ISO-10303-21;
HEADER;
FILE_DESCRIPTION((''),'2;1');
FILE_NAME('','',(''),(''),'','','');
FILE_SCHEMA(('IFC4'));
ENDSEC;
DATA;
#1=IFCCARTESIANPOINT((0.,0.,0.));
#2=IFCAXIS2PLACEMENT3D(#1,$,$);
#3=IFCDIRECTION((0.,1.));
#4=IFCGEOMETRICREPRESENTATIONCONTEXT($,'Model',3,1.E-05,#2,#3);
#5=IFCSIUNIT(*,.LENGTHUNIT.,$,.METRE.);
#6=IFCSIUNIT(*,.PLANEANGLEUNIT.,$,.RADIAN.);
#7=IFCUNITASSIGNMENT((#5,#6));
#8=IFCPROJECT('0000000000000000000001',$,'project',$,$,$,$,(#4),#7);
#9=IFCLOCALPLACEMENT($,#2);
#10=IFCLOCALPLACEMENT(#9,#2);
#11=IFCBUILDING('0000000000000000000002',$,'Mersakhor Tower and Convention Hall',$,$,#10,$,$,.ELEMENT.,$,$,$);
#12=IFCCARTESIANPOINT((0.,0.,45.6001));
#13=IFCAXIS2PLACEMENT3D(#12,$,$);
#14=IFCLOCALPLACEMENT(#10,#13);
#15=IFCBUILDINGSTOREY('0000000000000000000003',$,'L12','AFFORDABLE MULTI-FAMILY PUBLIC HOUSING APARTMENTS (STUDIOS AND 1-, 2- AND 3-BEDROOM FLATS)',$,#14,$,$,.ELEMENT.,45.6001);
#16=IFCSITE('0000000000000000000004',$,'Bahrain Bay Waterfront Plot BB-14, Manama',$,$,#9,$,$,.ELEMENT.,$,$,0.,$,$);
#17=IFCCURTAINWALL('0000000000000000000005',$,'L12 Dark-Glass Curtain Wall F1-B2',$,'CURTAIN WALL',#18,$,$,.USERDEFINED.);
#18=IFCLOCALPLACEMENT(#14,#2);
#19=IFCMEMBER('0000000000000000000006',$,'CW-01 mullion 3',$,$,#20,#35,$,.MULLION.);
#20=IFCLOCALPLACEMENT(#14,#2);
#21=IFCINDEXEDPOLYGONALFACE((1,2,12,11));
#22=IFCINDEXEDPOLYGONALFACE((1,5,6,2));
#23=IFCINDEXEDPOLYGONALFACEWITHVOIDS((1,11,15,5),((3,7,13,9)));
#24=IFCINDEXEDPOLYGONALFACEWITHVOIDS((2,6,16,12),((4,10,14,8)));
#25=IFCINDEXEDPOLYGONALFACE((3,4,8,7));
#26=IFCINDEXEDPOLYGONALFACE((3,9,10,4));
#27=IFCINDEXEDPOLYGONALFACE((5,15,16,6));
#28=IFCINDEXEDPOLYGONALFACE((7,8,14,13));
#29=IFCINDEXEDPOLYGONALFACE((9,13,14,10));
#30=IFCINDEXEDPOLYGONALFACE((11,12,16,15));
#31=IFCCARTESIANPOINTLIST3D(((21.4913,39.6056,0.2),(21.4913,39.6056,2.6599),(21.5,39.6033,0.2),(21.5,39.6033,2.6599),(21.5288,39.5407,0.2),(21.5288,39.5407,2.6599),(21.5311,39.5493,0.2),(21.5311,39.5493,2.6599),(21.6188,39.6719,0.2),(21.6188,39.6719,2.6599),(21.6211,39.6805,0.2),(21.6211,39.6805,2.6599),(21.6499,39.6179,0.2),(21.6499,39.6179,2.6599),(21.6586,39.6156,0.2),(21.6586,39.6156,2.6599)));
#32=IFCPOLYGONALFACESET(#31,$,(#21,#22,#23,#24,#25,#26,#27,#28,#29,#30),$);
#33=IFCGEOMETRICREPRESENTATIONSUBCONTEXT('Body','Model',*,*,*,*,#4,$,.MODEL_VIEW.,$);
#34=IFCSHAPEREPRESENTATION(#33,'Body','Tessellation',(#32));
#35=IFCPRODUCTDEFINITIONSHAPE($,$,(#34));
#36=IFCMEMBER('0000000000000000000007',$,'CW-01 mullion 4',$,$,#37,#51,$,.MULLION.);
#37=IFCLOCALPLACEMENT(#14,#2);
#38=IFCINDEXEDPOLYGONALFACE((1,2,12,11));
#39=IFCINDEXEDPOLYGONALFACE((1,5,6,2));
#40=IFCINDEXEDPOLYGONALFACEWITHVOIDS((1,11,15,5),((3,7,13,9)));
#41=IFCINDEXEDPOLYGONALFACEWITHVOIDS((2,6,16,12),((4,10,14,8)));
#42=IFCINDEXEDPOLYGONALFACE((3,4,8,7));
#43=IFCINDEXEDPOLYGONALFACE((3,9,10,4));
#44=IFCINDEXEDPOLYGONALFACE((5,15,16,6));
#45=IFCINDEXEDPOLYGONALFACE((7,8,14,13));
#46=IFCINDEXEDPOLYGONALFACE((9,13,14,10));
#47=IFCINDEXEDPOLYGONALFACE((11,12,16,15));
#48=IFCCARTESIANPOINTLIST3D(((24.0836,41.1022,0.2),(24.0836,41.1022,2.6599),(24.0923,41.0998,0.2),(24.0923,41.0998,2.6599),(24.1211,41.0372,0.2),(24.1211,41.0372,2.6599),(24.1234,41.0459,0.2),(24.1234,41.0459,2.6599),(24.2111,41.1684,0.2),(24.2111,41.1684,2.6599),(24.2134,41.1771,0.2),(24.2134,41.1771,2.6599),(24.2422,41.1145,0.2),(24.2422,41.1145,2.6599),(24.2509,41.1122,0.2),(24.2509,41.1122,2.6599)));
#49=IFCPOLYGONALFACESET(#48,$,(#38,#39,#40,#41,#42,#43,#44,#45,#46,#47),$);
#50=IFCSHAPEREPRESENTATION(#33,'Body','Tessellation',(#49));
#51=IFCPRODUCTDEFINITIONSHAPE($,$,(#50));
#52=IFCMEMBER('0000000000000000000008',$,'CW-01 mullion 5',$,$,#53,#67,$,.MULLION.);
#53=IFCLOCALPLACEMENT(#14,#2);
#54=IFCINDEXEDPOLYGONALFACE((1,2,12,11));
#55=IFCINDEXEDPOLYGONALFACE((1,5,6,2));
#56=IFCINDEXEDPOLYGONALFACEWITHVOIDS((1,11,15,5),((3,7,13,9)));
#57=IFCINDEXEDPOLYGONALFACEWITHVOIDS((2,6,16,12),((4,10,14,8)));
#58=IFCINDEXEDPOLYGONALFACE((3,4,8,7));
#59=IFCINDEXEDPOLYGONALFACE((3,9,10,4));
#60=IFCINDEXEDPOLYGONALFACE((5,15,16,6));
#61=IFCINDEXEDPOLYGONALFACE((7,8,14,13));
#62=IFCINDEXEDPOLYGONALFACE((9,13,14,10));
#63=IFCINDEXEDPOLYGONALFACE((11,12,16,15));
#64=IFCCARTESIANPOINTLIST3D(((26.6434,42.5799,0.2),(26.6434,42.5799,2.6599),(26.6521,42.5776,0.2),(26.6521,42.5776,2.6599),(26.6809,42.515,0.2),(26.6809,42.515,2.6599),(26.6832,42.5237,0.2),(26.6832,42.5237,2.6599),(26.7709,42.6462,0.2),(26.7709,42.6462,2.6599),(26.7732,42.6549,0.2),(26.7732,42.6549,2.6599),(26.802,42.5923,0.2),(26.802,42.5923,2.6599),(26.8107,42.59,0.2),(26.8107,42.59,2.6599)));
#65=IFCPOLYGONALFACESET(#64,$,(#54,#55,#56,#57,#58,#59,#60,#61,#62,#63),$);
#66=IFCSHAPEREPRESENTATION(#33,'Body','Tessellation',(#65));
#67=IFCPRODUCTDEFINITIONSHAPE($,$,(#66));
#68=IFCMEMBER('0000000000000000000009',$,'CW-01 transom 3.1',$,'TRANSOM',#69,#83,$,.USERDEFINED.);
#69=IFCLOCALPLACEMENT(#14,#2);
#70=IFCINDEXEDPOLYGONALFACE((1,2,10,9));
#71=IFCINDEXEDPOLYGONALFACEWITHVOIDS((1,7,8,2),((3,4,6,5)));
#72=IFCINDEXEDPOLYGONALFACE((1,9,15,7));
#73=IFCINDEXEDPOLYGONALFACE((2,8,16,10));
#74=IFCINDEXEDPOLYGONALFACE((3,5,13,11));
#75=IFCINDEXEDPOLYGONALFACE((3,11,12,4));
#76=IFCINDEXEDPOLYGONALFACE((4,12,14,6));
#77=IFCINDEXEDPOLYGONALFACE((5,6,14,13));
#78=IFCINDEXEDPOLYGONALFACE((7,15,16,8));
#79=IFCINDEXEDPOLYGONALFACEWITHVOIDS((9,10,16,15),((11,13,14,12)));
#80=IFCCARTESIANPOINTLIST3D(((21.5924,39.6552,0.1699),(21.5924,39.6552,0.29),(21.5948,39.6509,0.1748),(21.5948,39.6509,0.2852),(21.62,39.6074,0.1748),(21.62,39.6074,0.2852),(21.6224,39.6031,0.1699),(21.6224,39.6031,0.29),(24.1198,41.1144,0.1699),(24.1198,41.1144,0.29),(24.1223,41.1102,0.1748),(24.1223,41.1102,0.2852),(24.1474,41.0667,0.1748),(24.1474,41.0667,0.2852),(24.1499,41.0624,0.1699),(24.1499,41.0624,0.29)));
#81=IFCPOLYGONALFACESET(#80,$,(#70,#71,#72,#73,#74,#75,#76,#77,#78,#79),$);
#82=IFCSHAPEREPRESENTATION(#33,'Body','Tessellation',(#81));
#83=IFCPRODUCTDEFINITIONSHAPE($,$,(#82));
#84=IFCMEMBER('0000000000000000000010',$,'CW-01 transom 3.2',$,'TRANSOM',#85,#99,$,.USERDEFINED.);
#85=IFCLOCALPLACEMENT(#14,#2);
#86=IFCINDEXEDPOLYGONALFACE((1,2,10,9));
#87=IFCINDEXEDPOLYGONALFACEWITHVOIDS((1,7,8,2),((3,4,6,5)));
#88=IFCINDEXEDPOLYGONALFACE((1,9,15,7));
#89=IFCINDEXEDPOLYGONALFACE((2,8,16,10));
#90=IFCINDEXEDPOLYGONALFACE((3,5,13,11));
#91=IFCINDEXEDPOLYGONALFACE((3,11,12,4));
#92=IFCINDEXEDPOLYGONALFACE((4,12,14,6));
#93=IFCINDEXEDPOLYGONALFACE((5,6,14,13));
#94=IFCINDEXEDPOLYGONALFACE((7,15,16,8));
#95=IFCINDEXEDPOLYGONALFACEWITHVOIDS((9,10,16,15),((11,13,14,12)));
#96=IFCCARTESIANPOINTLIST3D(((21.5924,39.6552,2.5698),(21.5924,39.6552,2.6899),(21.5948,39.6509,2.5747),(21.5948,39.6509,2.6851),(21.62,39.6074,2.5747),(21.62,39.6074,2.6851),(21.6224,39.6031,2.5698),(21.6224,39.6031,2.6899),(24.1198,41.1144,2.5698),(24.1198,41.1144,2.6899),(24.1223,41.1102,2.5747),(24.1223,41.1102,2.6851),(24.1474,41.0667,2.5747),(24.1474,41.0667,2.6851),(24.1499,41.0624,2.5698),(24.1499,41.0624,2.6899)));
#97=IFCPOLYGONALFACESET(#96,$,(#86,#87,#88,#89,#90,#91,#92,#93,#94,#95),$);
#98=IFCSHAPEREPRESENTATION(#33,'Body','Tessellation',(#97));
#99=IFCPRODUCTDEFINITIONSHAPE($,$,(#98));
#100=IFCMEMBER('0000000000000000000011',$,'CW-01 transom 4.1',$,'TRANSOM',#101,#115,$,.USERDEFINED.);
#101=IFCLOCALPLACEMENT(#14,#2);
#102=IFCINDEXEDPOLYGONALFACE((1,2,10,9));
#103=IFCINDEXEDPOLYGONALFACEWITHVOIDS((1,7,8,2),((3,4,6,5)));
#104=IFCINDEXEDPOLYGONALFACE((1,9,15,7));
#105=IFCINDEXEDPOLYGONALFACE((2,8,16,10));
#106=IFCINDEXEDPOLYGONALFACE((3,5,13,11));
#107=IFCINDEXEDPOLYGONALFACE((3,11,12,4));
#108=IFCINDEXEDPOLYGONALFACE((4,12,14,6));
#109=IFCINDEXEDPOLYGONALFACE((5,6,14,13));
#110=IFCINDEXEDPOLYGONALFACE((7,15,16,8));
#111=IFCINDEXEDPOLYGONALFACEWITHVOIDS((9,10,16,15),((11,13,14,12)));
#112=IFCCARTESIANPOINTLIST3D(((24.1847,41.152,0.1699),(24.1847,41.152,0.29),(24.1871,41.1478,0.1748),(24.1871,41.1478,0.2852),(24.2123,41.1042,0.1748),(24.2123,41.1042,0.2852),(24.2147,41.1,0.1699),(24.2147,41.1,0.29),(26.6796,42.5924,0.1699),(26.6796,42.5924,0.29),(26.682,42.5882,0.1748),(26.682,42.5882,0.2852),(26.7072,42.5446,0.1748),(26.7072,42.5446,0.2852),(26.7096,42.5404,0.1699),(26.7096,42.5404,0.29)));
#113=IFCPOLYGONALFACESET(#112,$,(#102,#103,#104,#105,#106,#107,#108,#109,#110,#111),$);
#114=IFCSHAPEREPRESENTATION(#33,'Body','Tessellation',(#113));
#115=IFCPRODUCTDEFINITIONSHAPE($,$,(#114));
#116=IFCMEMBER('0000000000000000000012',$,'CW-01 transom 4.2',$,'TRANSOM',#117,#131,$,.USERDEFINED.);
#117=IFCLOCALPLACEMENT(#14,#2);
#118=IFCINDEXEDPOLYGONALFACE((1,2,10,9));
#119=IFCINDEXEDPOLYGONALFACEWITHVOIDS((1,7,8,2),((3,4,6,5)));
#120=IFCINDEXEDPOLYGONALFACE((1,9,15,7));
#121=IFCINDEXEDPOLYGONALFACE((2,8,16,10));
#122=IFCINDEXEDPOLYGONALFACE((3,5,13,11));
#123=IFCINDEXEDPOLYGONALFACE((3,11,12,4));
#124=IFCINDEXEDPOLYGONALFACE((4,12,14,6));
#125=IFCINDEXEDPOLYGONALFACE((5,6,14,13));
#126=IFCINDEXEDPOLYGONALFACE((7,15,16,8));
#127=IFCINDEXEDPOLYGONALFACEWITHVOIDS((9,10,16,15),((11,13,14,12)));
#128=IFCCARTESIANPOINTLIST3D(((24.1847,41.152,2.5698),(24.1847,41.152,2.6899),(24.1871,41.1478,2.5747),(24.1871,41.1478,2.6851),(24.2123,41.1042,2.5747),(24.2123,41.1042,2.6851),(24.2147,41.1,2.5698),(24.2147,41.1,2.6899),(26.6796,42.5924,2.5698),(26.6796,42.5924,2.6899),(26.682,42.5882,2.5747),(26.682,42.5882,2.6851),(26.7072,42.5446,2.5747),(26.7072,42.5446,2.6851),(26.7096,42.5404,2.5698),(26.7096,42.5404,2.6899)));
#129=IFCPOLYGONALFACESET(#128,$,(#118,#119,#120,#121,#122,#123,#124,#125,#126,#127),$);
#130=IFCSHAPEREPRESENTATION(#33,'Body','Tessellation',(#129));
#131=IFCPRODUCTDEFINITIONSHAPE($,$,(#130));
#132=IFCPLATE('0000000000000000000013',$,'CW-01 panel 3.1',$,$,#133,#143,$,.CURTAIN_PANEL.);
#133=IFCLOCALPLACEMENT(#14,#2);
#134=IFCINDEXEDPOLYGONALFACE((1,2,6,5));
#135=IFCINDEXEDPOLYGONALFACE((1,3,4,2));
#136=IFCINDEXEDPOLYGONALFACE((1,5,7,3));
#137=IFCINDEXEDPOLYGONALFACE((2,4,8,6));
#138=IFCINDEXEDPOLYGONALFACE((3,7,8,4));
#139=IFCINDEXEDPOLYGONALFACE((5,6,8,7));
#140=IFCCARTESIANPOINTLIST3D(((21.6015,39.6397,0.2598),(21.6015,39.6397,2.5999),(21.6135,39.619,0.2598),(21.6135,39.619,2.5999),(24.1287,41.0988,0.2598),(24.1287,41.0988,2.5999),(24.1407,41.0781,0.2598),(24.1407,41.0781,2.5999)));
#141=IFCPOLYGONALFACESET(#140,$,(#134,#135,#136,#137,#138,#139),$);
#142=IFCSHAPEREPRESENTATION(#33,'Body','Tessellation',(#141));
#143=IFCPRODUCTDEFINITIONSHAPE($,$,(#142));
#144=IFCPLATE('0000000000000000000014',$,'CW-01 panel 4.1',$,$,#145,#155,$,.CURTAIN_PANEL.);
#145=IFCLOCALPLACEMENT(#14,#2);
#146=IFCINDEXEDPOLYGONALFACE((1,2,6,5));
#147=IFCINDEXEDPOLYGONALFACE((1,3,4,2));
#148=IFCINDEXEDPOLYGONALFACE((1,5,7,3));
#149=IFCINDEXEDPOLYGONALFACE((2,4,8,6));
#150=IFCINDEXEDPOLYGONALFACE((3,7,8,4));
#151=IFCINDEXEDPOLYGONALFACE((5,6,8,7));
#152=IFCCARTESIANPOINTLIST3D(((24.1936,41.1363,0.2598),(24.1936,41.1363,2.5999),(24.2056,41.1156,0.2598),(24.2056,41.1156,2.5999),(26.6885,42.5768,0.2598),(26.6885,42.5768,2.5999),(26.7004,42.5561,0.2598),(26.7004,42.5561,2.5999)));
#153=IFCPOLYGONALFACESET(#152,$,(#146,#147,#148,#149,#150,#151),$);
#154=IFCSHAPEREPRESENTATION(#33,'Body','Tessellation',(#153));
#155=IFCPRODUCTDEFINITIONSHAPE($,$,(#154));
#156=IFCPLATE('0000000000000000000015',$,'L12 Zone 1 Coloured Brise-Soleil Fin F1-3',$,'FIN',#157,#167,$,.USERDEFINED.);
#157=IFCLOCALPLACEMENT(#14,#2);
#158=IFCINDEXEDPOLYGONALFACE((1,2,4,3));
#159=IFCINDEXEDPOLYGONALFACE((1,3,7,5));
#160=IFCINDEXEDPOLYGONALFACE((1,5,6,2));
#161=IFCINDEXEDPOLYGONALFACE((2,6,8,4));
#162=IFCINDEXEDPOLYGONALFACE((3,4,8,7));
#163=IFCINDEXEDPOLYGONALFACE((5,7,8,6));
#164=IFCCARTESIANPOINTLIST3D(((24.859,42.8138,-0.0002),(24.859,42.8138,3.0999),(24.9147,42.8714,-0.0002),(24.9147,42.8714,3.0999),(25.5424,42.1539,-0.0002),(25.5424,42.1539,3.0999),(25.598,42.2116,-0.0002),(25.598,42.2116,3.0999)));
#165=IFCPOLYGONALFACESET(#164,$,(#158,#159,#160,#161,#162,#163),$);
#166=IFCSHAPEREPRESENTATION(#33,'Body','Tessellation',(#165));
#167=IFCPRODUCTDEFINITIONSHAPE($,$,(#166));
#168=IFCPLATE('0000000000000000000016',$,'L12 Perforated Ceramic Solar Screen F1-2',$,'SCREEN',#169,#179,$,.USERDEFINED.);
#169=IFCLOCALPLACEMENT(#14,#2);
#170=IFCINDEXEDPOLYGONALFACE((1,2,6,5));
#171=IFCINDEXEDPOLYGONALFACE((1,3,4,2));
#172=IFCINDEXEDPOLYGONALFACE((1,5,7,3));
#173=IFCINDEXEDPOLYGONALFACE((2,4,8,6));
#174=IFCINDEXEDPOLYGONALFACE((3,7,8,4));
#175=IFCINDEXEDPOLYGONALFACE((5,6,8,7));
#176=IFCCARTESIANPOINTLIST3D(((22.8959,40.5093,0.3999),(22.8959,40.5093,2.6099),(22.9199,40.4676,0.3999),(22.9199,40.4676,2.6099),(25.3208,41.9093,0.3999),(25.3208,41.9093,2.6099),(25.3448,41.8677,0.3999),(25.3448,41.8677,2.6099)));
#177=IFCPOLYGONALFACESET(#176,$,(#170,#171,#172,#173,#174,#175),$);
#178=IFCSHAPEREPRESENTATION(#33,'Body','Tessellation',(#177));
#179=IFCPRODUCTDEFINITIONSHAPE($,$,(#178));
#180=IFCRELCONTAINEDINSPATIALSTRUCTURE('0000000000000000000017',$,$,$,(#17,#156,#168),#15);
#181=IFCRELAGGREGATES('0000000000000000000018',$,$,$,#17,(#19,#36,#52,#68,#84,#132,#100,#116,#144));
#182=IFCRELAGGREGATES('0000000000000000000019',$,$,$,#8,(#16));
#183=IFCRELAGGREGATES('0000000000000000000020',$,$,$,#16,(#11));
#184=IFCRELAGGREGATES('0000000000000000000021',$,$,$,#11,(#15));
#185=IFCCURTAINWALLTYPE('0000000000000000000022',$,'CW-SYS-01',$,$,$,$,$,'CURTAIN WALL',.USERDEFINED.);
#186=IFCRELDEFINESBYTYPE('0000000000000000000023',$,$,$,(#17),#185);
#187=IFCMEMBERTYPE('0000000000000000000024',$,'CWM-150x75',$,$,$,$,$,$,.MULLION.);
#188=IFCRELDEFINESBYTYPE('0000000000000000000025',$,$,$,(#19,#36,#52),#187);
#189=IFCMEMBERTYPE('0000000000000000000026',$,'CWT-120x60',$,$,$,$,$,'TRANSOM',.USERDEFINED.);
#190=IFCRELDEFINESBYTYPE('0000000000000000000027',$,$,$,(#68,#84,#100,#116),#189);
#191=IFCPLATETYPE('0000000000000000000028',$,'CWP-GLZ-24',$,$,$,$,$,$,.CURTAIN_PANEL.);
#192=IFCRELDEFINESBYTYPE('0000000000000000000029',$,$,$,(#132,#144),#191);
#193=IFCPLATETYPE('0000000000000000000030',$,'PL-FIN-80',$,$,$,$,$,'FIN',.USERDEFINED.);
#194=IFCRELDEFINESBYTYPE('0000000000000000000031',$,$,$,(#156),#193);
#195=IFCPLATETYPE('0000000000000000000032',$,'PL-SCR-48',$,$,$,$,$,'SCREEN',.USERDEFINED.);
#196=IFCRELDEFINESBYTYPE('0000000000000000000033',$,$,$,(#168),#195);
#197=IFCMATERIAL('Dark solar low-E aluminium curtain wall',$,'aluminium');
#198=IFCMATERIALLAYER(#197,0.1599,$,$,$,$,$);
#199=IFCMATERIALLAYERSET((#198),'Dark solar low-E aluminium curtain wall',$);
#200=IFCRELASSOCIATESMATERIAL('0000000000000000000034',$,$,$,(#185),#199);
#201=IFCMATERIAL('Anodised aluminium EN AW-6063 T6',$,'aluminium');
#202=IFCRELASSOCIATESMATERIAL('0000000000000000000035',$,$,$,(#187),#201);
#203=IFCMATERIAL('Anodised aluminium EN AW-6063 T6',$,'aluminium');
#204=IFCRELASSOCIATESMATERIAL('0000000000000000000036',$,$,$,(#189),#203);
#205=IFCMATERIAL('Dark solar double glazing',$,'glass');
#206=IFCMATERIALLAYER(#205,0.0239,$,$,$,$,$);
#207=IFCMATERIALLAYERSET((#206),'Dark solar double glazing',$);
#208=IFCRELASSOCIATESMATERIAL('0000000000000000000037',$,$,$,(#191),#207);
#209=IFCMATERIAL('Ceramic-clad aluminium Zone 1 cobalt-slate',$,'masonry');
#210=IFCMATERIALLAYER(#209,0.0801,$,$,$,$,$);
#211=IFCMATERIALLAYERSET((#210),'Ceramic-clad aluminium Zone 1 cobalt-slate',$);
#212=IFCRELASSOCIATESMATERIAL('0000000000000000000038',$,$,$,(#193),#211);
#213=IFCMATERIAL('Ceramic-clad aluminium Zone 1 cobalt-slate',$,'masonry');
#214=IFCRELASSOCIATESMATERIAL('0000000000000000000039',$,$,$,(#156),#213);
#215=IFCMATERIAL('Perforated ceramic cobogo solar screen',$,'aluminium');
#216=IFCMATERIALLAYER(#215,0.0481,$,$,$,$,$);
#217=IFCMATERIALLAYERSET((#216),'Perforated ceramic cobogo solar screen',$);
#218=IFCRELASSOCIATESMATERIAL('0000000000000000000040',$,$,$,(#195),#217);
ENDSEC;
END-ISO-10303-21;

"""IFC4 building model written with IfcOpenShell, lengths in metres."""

from ifc_helpers import new_model, si_unit, direction, frame, origin, origin_2d, place, context, subcontext, project, spatial, rectangle, hollow_rectangle, extrude, material, layer, layer_set, material_profile, profile_set, type_object, element, aggregate, save


model = new_model("IFC4")

# Units and contexts
model_context = context("Model", 3, precision=1e-05, world=origin(), true_north=direction((0.0, 1.0)))
body_context = subcontext(model_context, "Body", "Model", "MODEL_VIEW")
ifc_project = project(units=[si_unit("LENGTHUNIT", "METRE"), si_unit("PLANEANGLEUNIT", "RADIAN")], contexts=[model_context])

# Site, building, storey
site_placement = place(None, origin())
site = spatial("IfcSite", under=ifc_project, at=site_placement, Name="Bahrain Bay Waterfront Plot BB-14, Manama", CompositionType="ELEMENT", RefElevation=0.0)
building_placement = place(site_placement, origin())
building = spatial("IfcBuilding", under=site, at=building_placement, Name="Mersakhor Tower and Convention Hall", CompositionType="ELEMENT")
storey_placement = place(building_placement, frame((0.0, 0.0, 45.6001)))
storey = spatial("IfcBuildingStorey", under=building, at=storey_placement, Name="L12", Description="AFFORDABLE MULTI-FAMILY PUBLIC HOUSING APARTMENTS (STUDIOS AND 1-, 2- AND 3-BEDROOM FLATS)", CompositionType="ELEMENT", Elevation=45.6001)

# Curtain wall, members, plates
ifc_material_1 = material(Name="Dark solar low-E aluminium curtain wall", Category="aluminium")
ifc_layer_1 = layer(ifc_material_1, 0.1599)
ifc_layer_set_1 = layer_set([ifc_layer_1], Name="Dark solar low-E aluminium curtain wall")
curtain_wall_type = type_object("IfcCurtainWallType", Name="CW-SYS-01", ElementType="CURTAIN WALL", PredefinedType="USERDEFINED", material=ifc_layer_set_1)
curtain_wall_placement = place(storey_placement, origin())
curtain_wall = element("IfcCurtainWall", 1, at=curtain_wall_placement, inside=storey, type_object=curtain_wall_type, Name="L12 Dark-Glass Curtain Wall F1-B2", ObjectType="CURTAIN WALL", PredefinedType="USERDEFINED")
ifc_material_2 = material(Name="Anodised aluminium EN AW-6063 T6", Category="aluminium")
ifc_material_profile_1 = material_profile(ifc_material_2, hollow_rectangle(XDim=0.075, YDim=0.1499, WallThickness=0.0063, at=origin_2d()), Name="RHS 150x75x6.3")
ifc_profile_set_1 = profile_set([ifc_material_profile_1], Name="Anodised aluminium EN AW-6063 T6")
member_type_1 = type_object("IfcMemberType", Name="CWM-150x75", PredefinedType="MULLION", material=ifc_profile_set_1)
member_1_placement = place(storey_placement, frame((21.575, 39.6106, 0.2), z_axis=(0.0, 0.0, 1.0), x_axis=(-0.500003, 0.866023, 0.0)))
member_1 = element("IfcMember", 2, at=member_1_placement, type_object=member_type_1, Name="CW-01 mullion 3", PredefinedType="MULLION", context=body_context, shape_type="SweptSolid", body=[
    extrude(hollow_rectangle(XDim=0.075, YDim=0.1499, WallThickness=0.0063, at=origin_2d()), origin(), (0.0, 0.0, 1.0), 2.46),
])
member_2_placement = place(storey_placement, frame((24.1672, 41.1072, 0.2), z_axis=(0.0, 0.0, 1.0), x_axis=(-0.500003, 0.866023, 0.0)))
member_2 = element("IfcMember", 3, at=member_2_placement, type_object=member_type_1, Name="CW-01 mullion 4", PredefinedType="MULLION", context=body_context, shape_type="SweptSolid", body=[
    extrude(hollow_rectangle(XDim=0.075, YDim=0.1499, WallThickness=0.0063, at=origin_2d()), origin(), (0.0, 0.0, 1.0), 2.46),
])
member_3_placement = place(storey_placement, frame((26.7271, 42.585, 0.2), z_axis=(0.0, 0.0, 1.0), x_axis=(-0.500003, 0.866023, 0.0)))
member_3 = element("IfcMember", 4, at=member_3_placement, type_object=member_type_1, Name="CW-01 mullion 5", PredefinedType="MULLION", context=body_context, shape_type="SweptSolid", body=[
    extrude(hollow_rectangle(XDim=0.075, YDim=0.1499, WallThickness=0.0063, at=origin_2d()), origin(), (0.0, 0.0, 1.0), 2.46),
])
ifc_material_3 = material(Name="Anodised aluminium EN AW-6063 T6", Category="aluminium")
ifc_material_profile_2 = material_profile(ifc_material_3, hollow_rectangle(XDim=0.0601, YDim=0.1201, WallThickness=0.0049, at=origin_2d()), Name="RHS 120x60x5")
ifc_profile_set_2 = profile_set([ifc_material_profile_2], Name="Anodised aluminium EN AW-6063 T6")
member_type_2 = type_object("IfcMemberType", Name="CWT-120x60", ElementType="TRANSOM", PredefinedType="USERDEFINED", material=ifc_profile_set_2)
member_4_placement = place(storey_placement, frame((21.6074, 39.6292, 0.23), z_axis=(0.866016, 0.500017, 0.0), x_axis=(-0.500017, 0.866016, 0.0)))
member_4 = element("IfcMember", 5, at=member_4_placement, type_object=member_type_2, Name="CW-01 transom 3.1", ObjectType="TRANSOM", PredefinedType="USERDEFINED", context=body_context, shape_type="SweptSolid", body=[
    extrude(hollow_rectangle(XDim=0.0601, YDim=0.1201, WallThickness=0.0049, at=origin_2d()), origin(), (0.0, 0.0, 1.0), 2.9185),
])
member_5_placement = place(storey_placement, frame((21.6074, 39.6292, 2.6299), z_axis=(0.866016, 0.500017, 0.0), x_axis=(-0.500017, 0.866016, 0.0)))
member_5 = element("IfcMember", 6, at=member_5_placement, type_object=member_type_2, Name="CW-01 transom 3.2", ObjectType="TRANSOM", PredefinedType="USERDEFINED", context=body_context, shape_type="SweptSolid", body=[
    extrude(hollow_rectangle(XDim=0.0601, YDim=0.1201, WallThickness=0.0049, at=origin_2d()), origin(), (0.0, 0.0, 1.0), 2.9185),
])
member_6_placement = place(storey_placement, frame((24.1997, 41.126, 0.23), z_axis=(0.866023, 0.500004, 0.0), x_axis=(-0.500004, 0.866023, 0.0)))
member_6 = element("IfcMember", 7, at=member_6_placement, type_object=member_type_2, Name="CW-01 transom 4.1", ObjectType="TRANSOM", PredefinedType="USERDEFINED", context=body_context, shape_type="SweptSolid", body=[
    extrude(hollow_rectangle(XDim=0.0601, YDim=0.1201, WallThickness=0.0049, at=origin_2d()), origin(), (0.0, 0.0, 1.0), 2.8809),
])
member_7_placement = place(storey_placement, frame((24.1997, 41.126, 2.6299), z_axis=(0.866023, 0.500004, 0.0), x_axis=(-0.500004, 0.866023, 0.0)))
member_7 = element("IfcMember", 8, at=member_7_placement, type_object=member_type_2, Name="CW-01 transom 4.2", ObjectType="TRANSOM", PredefinedType="USERDEFINED", context=body_context, shape_type="SweptSolid", body=[
    extrude(hollow_rectangle(XDim=0.0601, YDim=0.1201, WallThickness=0.0049, at=origin_2d()), origin(), (0.0, 0.0, 1.0), 2.8809),
])
ifc_material_4 = material(Name="Dark solar double glazing", Category="glass")
ifc_layer_2 = layer(ifc_material_4, 0.0239)
ifc_layer_set_2 = layer_set([ifc_layer_2], Name="Dark solar double glazing")
plate_type_1 = type_object("IfcPlateType", Name="CWP-GLZ-24", PredefinedType="CURTAIN_PANEL", material=ifc_layer_set_2)
plate_1_placement = place(storey_placement, frame((22.8711, 40.3589, 0.2598), z_axis=(0.0, 0.0, 1.0), x_axis=(0.866023, 0.500003, 0.0)))
plate_1 = element("IfcPlate", 9, at=plate_1_placement, type_object=plate_type_1, Name="CW-01 panel 3.1", PredefinedType="CURTAIN_PANEL", context=body_context, shape_type="SweptSolid", body=[
    extrude(rectangle(XDim=2.9182, YDim=0.0239, at=origin_2d()), origin(), (0.0, 0.0, 1.0), 2.3401),
])
plate_2_placement = place(storey_placement, frame((25.447, 41.8462, 0.2598), z_axis=(0.0, 0.0, 1.0), x_axis=(0.866023, 0.500003, 0.0)))
plate_2 = element("IfcPlate", 10, at=plate_2_placement, type_object=plate_type_1, Name="CW-01 panel 4.1", PredefinedType="CURTAIN_PANEL", context=body_context, shape_type="SweptSolid", body=[
    extrude(rectangle(XDim=2.8809, YDim=0.0239, at=origin_2d()), origin(), (0.0, 0.0, 1.0), 2.3401),
])
aggregate(curtain_wall, [member_1, member_2, member_3, member_4, member_5, plate_1, member_6, member_7, plate_2])

# Plates
ifc_material_5 = material(Name="Ceramic-clad aluminium Zone 1 cobalt-slate", Category="masonry")
ifc_material_6 = material(Name="Ceramic-clad aluminium Zone 1 cobalt-slate", Category="masonry")
ifc_layer_3 = layer(ifc_material_6, 0.0801)
ifc_layer_set_3 = layer_set([ifc_layer_3], Name="Ceramic-clad aluminium Zone 1 cobalt-slate")
plate_type_2 = type_object("IfcPlateType", Name="PL-FIN-80", ElementType="FIN", PredefinedType="USERDEFINED", material=ifc_layer_set_3)
plate_3_placement = place(storey_placement, frame((25.2285, 42.5127, -0.0002), z_axis=(0.0, 0.0, 1.0), x_axis=(-0.71934, 0.694658, 0.0)))
element("IfcPlate", 11, at=plate_3_placement, inside=storey, type_object=plate_type_2, material=ifc_material_5, Name="L12 Zone 1 Coloured Brise-Soleil Fin F1-3", ObjectType="FIN", PredefinedType="USERDEFINED", context=body_context, shape_type="SweptSolid", body=[
    extrude(rectangle(XDim=0.95, YDim=0.0801, at=origin_2d()), origin(), (0.0, 0.0, 1.0), 3.1001),
])
ifc_material_7 = material(Name="Perforated ceramic cobogo solar screen", Category="aluminium")
ifc_layer_4 = layer(ifc_material_7, 0.0481)
ifc_layer_set_4 = layer_set([ifc_layer_4], Name="Perforated ceramic cobogo solar screen")
plate_type_3 = type_object("IfcPlateType", Name="PL-SCR-48", ElementType="SCREEN", PredefinedType="USERDEFINED", material=ifc_layer_set_4)
plate_4_placement = place(storey_placement, frame((24.1204, 41.1885, 0.3999), z_axis=(0.0, 0.0, 1.0), x_axis=(0.866025, 0.5, 0.0)))
element("IfcPlate", 12, at=plate_4_placement, inside=storey, type_object=plate_type_3, Name="L12 Perforated Ceramic Solar Screen F1-2", ObjectType="SCREEN", PredefinedType="USERDEFINED", context=body_context, shape_type="SweptSolid", body=[
    extrude(rectangle(XDim=2.8, YDim=0.0481, at=origin_2d()), origin(), (0.0, 0.0, 1.0), 2.21),
])

save(model, "model.ifc")
